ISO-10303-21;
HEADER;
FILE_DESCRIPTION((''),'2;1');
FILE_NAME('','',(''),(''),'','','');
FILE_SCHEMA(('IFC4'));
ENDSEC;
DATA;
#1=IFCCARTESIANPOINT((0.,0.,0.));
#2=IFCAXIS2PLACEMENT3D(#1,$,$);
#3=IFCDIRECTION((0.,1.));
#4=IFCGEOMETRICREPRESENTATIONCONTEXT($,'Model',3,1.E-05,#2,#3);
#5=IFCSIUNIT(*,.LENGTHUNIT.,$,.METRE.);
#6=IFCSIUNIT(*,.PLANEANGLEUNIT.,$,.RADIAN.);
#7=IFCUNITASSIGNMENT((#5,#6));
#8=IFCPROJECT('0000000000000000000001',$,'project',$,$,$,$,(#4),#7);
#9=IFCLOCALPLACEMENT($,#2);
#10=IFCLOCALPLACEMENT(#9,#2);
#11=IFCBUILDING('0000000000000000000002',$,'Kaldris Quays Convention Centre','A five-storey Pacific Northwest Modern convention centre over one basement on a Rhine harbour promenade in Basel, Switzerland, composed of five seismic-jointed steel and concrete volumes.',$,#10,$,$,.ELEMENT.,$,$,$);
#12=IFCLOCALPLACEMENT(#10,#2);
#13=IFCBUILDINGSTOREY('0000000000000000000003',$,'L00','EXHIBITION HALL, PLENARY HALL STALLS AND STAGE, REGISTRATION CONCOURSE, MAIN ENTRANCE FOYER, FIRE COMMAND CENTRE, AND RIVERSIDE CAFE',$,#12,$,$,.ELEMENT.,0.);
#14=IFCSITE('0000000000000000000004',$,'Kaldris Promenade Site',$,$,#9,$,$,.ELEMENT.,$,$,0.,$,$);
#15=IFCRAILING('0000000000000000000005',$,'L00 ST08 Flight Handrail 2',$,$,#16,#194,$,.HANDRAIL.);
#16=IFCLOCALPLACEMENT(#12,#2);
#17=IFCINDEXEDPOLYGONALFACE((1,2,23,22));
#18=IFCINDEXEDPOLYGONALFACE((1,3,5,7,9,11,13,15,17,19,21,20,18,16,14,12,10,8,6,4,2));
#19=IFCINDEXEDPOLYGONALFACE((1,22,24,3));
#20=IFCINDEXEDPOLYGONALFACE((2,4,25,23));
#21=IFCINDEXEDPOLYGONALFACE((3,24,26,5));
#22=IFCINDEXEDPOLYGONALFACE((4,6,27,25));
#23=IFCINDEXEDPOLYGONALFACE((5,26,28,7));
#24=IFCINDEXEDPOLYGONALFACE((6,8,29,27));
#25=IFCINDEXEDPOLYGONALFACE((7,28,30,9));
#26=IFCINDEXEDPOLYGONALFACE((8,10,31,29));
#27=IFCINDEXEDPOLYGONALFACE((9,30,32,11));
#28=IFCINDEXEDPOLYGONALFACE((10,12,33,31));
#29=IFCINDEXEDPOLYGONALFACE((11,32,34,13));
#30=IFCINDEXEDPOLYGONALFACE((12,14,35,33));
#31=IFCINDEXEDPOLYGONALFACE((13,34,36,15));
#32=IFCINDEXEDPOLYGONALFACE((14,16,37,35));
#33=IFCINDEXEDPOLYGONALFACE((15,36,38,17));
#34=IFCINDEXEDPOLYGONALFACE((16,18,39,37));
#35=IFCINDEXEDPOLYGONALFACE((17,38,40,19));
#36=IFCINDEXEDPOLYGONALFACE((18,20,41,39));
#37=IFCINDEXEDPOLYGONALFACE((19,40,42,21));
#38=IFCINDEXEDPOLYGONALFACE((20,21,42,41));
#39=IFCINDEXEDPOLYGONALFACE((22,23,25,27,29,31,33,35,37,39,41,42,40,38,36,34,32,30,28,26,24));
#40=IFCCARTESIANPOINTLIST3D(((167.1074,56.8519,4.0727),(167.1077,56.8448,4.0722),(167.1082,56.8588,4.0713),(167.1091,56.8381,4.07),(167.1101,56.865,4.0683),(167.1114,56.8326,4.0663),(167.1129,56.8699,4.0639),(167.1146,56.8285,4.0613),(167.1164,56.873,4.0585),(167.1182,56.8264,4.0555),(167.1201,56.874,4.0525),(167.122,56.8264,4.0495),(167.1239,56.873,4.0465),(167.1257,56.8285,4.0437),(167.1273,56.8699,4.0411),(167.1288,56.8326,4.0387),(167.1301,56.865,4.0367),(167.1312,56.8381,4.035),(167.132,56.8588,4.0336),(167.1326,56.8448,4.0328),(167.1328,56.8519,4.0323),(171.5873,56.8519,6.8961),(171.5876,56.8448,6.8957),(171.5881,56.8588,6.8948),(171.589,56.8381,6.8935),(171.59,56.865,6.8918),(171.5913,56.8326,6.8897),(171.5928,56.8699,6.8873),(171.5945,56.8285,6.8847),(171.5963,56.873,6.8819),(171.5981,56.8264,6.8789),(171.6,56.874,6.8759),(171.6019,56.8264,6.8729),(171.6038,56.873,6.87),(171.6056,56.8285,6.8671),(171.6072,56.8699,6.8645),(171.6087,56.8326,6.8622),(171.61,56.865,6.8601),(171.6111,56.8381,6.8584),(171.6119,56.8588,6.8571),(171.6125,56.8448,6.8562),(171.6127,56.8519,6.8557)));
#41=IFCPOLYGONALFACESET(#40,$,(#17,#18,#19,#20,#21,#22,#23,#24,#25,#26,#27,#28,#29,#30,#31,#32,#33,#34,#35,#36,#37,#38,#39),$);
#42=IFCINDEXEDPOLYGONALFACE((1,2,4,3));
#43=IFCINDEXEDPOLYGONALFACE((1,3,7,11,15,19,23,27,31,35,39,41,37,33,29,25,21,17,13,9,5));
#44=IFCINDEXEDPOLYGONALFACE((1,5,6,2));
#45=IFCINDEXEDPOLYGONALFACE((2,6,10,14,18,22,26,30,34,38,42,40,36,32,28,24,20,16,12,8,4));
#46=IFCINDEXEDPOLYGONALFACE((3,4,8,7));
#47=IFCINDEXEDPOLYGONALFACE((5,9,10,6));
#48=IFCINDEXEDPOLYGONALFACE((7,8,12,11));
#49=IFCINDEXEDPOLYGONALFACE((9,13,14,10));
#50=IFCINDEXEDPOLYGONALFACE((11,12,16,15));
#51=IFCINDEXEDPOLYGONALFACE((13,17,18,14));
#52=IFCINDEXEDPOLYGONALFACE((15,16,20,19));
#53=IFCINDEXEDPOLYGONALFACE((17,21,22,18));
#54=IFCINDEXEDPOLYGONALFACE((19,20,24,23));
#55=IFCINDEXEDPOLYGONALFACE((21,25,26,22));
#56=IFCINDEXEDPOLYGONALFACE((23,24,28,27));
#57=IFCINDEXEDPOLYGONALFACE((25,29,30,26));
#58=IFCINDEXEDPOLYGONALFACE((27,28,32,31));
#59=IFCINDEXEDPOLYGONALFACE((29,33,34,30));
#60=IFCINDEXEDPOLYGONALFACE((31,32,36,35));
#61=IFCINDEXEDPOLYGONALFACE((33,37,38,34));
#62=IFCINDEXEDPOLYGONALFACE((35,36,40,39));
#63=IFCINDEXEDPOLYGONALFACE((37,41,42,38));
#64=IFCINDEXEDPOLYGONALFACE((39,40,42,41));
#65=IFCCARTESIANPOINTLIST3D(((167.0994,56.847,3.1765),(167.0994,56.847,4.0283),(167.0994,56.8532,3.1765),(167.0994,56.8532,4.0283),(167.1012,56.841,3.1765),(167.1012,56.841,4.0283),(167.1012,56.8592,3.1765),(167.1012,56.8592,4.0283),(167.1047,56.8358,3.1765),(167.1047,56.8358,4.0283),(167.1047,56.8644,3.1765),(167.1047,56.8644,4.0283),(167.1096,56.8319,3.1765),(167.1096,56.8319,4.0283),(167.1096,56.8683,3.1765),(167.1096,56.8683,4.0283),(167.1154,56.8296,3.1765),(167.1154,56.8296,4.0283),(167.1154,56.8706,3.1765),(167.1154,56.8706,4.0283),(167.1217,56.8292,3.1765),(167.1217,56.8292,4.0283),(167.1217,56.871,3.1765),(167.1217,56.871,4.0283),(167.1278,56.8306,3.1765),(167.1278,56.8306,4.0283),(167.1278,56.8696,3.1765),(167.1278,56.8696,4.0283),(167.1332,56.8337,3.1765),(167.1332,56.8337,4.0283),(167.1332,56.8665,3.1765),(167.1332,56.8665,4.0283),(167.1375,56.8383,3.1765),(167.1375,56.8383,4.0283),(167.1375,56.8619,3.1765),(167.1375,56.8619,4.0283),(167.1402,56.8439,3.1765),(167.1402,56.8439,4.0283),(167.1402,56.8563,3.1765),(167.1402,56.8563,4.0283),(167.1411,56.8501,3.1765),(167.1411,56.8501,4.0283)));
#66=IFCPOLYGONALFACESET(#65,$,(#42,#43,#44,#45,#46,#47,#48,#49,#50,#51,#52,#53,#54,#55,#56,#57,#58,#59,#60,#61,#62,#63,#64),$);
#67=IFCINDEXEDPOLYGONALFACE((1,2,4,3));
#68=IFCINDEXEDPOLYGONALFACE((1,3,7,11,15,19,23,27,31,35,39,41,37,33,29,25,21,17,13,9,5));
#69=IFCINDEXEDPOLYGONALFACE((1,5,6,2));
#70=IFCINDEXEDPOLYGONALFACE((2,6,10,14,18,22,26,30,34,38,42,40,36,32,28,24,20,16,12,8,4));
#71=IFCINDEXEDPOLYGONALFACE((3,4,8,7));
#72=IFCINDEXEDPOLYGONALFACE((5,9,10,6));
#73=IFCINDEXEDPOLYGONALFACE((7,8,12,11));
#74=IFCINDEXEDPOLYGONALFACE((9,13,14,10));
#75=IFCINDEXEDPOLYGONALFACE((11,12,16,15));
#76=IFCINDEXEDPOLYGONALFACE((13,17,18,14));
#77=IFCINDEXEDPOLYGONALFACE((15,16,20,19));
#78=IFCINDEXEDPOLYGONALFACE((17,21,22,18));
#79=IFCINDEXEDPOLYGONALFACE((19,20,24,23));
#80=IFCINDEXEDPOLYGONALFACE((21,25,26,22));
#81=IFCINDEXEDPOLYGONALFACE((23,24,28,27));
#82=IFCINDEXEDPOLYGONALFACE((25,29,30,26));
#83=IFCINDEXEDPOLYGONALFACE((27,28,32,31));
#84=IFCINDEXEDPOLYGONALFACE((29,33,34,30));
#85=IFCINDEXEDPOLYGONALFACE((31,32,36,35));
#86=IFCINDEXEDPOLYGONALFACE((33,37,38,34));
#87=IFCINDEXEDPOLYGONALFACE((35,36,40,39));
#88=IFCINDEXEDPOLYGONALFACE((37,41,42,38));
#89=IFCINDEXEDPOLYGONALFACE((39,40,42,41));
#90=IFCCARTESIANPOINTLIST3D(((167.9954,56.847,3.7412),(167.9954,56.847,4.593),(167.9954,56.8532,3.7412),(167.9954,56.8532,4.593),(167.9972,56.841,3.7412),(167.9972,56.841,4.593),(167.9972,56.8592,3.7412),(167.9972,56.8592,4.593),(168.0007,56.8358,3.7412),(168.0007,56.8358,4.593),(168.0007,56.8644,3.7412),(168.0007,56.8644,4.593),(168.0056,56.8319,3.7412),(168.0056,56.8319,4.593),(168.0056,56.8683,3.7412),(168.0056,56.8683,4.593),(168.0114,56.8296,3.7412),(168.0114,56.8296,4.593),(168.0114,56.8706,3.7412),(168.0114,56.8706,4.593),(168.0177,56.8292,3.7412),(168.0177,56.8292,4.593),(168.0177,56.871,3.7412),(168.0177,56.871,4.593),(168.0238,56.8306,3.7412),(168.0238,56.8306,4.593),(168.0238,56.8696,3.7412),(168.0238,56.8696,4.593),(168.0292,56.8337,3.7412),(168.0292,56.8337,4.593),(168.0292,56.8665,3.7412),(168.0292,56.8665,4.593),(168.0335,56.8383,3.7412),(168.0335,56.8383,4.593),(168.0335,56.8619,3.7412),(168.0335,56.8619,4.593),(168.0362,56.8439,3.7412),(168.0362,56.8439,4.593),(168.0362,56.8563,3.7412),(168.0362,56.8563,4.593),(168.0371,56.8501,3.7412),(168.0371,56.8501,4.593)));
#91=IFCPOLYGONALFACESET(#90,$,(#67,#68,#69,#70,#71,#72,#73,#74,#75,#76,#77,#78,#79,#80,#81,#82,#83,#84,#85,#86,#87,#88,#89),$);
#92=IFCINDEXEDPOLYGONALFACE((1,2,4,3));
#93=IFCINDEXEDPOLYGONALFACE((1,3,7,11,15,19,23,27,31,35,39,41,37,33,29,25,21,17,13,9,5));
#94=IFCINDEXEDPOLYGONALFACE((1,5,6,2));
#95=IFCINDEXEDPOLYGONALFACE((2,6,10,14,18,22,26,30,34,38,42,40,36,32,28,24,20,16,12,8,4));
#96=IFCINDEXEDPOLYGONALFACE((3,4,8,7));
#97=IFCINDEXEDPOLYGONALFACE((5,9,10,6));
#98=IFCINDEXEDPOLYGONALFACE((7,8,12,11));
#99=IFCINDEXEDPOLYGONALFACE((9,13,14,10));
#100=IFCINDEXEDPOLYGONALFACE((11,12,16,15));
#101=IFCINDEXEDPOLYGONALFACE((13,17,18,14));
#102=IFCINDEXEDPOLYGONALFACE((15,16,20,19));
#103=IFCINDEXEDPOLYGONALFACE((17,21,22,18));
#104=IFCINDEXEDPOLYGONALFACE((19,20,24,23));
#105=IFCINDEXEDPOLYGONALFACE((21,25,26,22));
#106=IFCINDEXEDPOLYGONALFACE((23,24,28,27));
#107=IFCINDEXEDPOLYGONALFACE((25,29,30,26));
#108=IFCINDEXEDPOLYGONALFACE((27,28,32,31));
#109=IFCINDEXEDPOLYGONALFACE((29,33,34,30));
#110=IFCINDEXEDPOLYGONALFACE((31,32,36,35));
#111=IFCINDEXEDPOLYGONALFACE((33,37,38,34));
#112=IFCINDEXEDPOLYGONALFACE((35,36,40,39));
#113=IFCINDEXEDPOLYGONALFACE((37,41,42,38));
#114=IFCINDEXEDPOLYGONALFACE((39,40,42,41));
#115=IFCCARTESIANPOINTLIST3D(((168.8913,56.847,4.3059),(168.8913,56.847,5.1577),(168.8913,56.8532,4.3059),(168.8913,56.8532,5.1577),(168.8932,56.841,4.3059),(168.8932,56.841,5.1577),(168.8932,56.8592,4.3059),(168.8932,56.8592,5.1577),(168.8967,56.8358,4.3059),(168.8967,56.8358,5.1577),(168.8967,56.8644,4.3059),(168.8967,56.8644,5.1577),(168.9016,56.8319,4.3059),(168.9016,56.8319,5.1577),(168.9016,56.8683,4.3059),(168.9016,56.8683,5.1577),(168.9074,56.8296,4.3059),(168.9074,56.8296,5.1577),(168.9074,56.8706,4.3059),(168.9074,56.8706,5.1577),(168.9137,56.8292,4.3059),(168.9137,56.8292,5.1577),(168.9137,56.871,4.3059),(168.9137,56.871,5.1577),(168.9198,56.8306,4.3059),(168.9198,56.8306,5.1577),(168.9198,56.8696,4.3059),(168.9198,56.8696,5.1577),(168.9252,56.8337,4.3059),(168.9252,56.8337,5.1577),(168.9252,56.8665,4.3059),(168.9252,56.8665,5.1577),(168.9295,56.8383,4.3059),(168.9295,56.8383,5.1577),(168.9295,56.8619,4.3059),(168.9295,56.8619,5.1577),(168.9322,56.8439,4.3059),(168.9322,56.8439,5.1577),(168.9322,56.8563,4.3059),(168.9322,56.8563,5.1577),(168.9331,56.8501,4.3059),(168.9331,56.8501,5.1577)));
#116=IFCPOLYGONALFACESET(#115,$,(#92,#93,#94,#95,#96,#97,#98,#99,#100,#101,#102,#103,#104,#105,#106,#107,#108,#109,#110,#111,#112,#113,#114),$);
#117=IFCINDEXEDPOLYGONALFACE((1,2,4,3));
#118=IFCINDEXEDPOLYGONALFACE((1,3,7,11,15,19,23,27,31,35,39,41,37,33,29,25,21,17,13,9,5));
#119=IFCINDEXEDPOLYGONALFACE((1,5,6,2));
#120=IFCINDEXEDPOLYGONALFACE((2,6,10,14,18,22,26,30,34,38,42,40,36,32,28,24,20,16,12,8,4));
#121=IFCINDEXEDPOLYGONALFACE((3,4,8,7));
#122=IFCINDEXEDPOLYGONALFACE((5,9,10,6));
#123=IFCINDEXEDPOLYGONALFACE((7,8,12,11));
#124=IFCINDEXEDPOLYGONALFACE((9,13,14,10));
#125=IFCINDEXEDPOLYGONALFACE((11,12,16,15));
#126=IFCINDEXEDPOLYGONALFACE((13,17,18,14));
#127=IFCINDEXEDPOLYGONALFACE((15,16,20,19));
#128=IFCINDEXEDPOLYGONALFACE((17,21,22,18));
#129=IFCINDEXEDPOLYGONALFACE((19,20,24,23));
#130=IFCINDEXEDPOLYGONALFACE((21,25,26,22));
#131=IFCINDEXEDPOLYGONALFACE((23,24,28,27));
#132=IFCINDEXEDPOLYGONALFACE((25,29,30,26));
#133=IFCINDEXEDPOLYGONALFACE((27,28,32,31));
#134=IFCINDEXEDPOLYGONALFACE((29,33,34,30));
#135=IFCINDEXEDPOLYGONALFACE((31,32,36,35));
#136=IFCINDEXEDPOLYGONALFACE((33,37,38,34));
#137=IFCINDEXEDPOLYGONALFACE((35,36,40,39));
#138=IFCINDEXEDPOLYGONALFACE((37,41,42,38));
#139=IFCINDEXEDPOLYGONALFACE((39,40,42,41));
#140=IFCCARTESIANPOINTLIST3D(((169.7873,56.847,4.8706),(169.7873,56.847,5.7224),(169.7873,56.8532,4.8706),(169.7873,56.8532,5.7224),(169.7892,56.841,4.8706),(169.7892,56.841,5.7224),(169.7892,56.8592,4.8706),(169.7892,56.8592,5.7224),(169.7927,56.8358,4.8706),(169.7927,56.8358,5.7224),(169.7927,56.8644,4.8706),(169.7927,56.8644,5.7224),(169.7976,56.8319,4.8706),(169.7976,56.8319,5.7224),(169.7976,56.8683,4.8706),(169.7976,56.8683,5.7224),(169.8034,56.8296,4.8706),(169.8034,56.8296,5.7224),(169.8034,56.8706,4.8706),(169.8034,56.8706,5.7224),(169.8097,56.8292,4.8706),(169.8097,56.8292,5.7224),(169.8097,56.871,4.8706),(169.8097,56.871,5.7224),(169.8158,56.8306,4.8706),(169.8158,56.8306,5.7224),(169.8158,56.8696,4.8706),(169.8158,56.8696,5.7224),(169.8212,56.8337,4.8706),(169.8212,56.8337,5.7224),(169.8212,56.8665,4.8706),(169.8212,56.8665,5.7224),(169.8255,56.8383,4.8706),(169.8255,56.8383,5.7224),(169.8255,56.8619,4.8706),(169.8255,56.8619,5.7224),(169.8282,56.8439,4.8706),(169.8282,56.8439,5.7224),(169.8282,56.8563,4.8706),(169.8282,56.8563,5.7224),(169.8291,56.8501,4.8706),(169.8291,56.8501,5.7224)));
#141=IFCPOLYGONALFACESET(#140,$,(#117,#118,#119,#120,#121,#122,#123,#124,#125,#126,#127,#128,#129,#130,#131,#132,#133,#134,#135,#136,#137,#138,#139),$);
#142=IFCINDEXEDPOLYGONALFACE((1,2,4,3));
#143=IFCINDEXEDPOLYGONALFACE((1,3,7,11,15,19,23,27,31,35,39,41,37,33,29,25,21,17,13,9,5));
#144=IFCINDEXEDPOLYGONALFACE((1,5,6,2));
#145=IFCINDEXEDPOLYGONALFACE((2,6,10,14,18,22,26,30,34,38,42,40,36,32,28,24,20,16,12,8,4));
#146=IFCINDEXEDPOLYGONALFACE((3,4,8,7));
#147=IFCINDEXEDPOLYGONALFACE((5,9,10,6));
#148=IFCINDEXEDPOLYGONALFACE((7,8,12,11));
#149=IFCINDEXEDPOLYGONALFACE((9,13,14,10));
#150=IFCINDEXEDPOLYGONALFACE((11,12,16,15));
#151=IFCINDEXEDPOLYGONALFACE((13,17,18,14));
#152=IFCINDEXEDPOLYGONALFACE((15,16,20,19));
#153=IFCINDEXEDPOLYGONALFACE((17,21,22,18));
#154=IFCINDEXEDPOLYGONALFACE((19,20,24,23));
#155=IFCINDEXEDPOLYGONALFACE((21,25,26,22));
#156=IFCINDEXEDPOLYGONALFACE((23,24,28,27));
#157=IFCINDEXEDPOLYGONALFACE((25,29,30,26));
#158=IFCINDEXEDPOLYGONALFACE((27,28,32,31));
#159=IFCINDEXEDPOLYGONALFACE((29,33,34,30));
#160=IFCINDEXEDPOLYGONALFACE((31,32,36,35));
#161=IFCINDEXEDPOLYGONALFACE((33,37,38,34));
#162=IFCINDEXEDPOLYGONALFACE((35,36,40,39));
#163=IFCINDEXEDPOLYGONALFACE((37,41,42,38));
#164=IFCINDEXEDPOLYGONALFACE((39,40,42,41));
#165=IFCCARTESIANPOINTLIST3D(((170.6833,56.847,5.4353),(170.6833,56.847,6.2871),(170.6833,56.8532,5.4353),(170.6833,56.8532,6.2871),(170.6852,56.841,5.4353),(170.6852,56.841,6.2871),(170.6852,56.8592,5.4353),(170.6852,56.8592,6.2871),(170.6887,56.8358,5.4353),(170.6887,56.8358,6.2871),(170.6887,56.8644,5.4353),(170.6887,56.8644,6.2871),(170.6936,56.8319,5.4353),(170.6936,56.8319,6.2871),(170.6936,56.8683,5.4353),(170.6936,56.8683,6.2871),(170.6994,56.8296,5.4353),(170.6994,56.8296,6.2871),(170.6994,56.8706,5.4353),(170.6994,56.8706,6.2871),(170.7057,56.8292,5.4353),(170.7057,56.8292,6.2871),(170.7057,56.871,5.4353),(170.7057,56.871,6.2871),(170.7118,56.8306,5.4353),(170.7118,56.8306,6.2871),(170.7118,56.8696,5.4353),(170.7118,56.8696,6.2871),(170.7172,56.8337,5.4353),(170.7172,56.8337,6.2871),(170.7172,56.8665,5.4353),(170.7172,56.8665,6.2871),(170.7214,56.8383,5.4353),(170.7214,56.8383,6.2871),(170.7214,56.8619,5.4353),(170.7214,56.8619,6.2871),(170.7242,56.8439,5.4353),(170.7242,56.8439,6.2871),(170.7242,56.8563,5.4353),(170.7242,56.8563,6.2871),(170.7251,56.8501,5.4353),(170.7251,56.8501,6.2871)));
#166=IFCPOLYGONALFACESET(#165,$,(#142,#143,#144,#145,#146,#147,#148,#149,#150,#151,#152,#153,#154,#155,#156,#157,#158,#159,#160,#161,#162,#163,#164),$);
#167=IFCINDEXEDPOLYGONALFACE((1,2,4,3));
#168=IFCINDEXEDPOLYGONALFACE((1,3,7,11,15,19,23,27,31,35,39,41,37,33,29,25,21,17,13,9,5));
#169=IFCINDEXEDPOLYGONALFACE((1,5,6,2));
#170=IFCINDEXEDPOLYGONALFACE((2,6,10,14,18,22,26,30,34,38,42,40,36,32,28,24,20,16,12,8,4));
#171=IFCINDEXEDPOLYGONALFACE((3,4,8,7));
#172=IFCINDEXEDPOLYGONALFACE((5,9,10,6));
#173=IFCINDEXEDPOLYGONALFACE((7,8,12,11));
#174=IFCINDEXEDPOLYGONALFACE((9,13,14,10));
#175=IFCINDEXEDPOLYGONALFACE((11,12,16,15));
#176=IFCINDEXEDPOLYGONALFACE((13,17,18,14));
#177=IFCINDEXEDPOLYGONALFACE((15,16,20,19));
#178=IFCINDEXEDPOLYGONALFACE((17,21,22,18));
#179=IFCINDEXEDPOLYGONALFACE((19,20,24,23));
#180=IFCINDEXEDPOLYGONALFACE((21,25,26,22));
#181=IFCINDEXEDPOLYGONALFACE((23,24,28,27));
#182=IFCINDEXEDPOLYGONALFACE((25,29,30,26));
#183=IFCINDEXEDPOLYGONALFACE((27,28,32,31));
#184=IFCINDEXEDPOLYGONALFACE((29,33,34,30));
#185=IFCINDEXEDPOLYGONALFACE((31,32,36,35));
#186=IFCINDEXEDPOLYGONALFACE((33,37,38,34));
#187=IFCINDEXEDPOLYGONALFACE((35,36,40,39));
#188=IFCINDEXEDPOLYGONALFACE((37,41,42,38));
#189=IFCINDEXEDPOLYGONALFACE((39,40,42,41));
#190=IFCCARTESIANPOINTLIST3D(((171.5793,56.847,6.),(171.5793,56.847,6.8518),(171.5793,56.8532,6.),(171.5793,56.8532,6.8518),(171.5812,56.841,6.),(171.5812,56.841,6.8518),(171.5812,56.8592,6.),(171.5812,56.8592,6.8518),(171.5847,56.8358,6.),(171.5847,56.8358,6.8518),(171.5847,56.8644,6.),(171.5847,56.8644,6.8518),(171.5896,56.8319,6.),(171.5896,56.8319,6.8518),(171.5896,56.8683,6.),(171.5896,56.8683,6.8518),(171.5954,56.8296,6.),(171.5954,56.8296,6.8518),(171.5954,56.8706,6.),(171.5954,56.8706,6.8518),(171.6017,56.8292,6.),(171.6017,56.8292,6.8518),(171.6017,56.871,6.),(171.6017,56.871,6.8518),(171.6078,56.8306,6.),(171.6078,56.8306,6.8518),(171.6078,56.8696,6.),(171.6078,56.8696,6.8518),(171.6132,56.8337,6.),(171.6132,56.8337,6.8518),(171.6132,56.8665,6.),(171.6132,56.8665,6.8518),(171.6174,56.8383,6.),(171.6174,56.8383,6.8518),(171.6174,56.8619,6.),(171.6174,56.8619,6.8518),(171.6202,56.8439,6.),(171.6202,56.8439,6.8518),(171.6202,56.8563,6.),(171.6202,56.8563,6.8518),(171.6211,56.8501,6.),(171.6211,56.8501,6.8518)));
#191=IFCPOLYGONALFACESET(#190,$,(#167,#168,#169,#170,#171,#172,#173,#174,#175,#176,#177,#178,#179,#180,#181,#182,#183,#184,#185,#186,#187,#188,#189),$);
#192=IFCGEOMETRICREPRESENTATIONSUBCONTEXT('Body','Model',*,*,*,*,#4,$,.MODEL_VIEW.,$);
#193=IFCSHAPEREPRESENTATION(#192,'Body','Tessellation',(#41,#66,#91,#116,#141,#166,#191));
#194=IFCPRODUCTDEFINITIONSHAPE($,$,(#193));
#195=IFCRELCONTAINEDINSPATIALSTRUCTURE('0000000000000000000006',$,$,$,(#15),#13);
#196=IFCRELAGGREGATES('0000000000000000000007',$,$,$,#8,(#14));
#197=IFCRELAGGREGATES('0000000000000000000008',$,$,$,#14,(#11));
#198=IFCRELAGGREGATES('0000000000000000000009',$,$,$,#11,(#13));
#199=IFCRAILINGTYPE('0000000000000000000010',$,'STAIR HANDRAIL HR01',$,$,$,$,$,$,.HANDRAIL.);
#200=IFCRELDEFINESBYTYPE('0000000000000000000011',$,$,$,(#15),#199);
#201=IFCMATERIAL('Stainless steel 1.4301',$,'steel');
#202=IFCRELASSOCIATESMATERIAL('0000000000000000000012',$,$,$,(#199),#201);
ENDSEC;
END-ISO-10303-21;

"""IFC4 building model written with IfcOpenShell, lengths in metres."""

from ifc_helpers import new_model, si_unit, direction, frame, origin, origin_2d, place, context, subcontext, project, spatial, circle, extrude, material, type_object, element, save


model = new_model("IFC4")

# Units and contexts
model_context = context("Model", 3, precision=1e-05, world=origin(), true_north=direction((0.0, 1.0)))
body_context = subcontext(model_context, "Body", "Model", "MODEL_VIEW")
ifc_project = project(units=[si_unit("LENGTHUNIT", "METRE"), si_unit("PLANEANGLEUNIT", "RADIAN")], contexts=[model_context])

# Site, building, storey
site_placement = place(None, origin())
site = spatial("IfcSite", under=ifc_project, at=site_placement, Name="Kaldris Promenade Site", CompositionType="ELEMENT", RefElevation=0.0)
building_placement = place(site_placement, origin())
building = spatial("IfcBuilding", under=site, at=building_placement, Name="Kaldris Quays Convention Centre", Description="A five-storey Pacific Northwest Modern convention centre over one basement on a Rhine harbour promenade in Basel, Switzerland, composed of five seismic-jointed steel and concrete volumes.", CompositionType="ELEMENT")
storey_placement = place(building_placement, origin())
storey = spatial("IfcBuildingStorey", under=building, at=storey_placement, Name="L00", Description="EXHIBITION HALL, PLENARY HALL STALLS AND STAGE, REGISTRATION CONCOURSE, MAIN ENTRANCE FOYER, FIRE COMMAND CENTRE, AND RIVERSIDE CAFE", CompositionType="ELEMENT", Elevation=0.0)

# Railing
ifc_material_1 = material(Name="Stainless steel 1.4301", Category="steel")
railing_type_1 = type_object("IfcRailingType", Name="STAIR HANDRAIL HR01", PredefinedType="HANDRAIL", material=ifc_material_1)
railing_1_placement = place(storey_placement, frame((167.1201, 56.8501, 3.1765)))
element("IfcRailing", 1, at=railing_1_placement, inside=storey, type_object=railing_type_1, Name="L00 ST08 Flight Handrail 2", PredefinedType="HANDRAIL", context=body_context, shape_type="SweptSolid", body=[
    extrude(circle(Radius=0.0239, at=origin_2d()), frame((0.0, 0.0, 0.876), z_axis=(0.845998, 0.0, 0.533186), x_axis=(0.0, 1.0, 0.0)), (0.0, 0.0, 1.0), 5.2954),
    extrude(circle(Radius=0.021, at=origin_2d()), origin(), (0.0, 0.0, 1.0), 0.8518),
    extrude(circle(Radius=0.021, at=origin_2d()), frame((0.896, 0.0, 0.5647)), (0.0, 0.0, 1.0), 0.8518),
    extrude(circle(Radius=0.021, at=origin_2d()), frame((1.792, 0.0, 1.1294)), (0.0, 0.0, 1.0), 0.8518),
    extrude(circle(Radius=0.021, at=origin_2d()), frame((2.688, 0.0, 1.6941)), (0.0, 0.0, 1.0), 0.8518),
    extrude(circle(Radius=0.021, at=origin_2d()), frame((3.584, 0.0, 2.2588)), (0.0, 0.0, 1.0), 0.8518),
    extrude(circle(Radius=0.021, at=origin_2d()), frame((4.48, 0.0, 2.8235)), (0.0, 0.0, 1.0), 0.8518),
])

save(model, "model.ifc")
